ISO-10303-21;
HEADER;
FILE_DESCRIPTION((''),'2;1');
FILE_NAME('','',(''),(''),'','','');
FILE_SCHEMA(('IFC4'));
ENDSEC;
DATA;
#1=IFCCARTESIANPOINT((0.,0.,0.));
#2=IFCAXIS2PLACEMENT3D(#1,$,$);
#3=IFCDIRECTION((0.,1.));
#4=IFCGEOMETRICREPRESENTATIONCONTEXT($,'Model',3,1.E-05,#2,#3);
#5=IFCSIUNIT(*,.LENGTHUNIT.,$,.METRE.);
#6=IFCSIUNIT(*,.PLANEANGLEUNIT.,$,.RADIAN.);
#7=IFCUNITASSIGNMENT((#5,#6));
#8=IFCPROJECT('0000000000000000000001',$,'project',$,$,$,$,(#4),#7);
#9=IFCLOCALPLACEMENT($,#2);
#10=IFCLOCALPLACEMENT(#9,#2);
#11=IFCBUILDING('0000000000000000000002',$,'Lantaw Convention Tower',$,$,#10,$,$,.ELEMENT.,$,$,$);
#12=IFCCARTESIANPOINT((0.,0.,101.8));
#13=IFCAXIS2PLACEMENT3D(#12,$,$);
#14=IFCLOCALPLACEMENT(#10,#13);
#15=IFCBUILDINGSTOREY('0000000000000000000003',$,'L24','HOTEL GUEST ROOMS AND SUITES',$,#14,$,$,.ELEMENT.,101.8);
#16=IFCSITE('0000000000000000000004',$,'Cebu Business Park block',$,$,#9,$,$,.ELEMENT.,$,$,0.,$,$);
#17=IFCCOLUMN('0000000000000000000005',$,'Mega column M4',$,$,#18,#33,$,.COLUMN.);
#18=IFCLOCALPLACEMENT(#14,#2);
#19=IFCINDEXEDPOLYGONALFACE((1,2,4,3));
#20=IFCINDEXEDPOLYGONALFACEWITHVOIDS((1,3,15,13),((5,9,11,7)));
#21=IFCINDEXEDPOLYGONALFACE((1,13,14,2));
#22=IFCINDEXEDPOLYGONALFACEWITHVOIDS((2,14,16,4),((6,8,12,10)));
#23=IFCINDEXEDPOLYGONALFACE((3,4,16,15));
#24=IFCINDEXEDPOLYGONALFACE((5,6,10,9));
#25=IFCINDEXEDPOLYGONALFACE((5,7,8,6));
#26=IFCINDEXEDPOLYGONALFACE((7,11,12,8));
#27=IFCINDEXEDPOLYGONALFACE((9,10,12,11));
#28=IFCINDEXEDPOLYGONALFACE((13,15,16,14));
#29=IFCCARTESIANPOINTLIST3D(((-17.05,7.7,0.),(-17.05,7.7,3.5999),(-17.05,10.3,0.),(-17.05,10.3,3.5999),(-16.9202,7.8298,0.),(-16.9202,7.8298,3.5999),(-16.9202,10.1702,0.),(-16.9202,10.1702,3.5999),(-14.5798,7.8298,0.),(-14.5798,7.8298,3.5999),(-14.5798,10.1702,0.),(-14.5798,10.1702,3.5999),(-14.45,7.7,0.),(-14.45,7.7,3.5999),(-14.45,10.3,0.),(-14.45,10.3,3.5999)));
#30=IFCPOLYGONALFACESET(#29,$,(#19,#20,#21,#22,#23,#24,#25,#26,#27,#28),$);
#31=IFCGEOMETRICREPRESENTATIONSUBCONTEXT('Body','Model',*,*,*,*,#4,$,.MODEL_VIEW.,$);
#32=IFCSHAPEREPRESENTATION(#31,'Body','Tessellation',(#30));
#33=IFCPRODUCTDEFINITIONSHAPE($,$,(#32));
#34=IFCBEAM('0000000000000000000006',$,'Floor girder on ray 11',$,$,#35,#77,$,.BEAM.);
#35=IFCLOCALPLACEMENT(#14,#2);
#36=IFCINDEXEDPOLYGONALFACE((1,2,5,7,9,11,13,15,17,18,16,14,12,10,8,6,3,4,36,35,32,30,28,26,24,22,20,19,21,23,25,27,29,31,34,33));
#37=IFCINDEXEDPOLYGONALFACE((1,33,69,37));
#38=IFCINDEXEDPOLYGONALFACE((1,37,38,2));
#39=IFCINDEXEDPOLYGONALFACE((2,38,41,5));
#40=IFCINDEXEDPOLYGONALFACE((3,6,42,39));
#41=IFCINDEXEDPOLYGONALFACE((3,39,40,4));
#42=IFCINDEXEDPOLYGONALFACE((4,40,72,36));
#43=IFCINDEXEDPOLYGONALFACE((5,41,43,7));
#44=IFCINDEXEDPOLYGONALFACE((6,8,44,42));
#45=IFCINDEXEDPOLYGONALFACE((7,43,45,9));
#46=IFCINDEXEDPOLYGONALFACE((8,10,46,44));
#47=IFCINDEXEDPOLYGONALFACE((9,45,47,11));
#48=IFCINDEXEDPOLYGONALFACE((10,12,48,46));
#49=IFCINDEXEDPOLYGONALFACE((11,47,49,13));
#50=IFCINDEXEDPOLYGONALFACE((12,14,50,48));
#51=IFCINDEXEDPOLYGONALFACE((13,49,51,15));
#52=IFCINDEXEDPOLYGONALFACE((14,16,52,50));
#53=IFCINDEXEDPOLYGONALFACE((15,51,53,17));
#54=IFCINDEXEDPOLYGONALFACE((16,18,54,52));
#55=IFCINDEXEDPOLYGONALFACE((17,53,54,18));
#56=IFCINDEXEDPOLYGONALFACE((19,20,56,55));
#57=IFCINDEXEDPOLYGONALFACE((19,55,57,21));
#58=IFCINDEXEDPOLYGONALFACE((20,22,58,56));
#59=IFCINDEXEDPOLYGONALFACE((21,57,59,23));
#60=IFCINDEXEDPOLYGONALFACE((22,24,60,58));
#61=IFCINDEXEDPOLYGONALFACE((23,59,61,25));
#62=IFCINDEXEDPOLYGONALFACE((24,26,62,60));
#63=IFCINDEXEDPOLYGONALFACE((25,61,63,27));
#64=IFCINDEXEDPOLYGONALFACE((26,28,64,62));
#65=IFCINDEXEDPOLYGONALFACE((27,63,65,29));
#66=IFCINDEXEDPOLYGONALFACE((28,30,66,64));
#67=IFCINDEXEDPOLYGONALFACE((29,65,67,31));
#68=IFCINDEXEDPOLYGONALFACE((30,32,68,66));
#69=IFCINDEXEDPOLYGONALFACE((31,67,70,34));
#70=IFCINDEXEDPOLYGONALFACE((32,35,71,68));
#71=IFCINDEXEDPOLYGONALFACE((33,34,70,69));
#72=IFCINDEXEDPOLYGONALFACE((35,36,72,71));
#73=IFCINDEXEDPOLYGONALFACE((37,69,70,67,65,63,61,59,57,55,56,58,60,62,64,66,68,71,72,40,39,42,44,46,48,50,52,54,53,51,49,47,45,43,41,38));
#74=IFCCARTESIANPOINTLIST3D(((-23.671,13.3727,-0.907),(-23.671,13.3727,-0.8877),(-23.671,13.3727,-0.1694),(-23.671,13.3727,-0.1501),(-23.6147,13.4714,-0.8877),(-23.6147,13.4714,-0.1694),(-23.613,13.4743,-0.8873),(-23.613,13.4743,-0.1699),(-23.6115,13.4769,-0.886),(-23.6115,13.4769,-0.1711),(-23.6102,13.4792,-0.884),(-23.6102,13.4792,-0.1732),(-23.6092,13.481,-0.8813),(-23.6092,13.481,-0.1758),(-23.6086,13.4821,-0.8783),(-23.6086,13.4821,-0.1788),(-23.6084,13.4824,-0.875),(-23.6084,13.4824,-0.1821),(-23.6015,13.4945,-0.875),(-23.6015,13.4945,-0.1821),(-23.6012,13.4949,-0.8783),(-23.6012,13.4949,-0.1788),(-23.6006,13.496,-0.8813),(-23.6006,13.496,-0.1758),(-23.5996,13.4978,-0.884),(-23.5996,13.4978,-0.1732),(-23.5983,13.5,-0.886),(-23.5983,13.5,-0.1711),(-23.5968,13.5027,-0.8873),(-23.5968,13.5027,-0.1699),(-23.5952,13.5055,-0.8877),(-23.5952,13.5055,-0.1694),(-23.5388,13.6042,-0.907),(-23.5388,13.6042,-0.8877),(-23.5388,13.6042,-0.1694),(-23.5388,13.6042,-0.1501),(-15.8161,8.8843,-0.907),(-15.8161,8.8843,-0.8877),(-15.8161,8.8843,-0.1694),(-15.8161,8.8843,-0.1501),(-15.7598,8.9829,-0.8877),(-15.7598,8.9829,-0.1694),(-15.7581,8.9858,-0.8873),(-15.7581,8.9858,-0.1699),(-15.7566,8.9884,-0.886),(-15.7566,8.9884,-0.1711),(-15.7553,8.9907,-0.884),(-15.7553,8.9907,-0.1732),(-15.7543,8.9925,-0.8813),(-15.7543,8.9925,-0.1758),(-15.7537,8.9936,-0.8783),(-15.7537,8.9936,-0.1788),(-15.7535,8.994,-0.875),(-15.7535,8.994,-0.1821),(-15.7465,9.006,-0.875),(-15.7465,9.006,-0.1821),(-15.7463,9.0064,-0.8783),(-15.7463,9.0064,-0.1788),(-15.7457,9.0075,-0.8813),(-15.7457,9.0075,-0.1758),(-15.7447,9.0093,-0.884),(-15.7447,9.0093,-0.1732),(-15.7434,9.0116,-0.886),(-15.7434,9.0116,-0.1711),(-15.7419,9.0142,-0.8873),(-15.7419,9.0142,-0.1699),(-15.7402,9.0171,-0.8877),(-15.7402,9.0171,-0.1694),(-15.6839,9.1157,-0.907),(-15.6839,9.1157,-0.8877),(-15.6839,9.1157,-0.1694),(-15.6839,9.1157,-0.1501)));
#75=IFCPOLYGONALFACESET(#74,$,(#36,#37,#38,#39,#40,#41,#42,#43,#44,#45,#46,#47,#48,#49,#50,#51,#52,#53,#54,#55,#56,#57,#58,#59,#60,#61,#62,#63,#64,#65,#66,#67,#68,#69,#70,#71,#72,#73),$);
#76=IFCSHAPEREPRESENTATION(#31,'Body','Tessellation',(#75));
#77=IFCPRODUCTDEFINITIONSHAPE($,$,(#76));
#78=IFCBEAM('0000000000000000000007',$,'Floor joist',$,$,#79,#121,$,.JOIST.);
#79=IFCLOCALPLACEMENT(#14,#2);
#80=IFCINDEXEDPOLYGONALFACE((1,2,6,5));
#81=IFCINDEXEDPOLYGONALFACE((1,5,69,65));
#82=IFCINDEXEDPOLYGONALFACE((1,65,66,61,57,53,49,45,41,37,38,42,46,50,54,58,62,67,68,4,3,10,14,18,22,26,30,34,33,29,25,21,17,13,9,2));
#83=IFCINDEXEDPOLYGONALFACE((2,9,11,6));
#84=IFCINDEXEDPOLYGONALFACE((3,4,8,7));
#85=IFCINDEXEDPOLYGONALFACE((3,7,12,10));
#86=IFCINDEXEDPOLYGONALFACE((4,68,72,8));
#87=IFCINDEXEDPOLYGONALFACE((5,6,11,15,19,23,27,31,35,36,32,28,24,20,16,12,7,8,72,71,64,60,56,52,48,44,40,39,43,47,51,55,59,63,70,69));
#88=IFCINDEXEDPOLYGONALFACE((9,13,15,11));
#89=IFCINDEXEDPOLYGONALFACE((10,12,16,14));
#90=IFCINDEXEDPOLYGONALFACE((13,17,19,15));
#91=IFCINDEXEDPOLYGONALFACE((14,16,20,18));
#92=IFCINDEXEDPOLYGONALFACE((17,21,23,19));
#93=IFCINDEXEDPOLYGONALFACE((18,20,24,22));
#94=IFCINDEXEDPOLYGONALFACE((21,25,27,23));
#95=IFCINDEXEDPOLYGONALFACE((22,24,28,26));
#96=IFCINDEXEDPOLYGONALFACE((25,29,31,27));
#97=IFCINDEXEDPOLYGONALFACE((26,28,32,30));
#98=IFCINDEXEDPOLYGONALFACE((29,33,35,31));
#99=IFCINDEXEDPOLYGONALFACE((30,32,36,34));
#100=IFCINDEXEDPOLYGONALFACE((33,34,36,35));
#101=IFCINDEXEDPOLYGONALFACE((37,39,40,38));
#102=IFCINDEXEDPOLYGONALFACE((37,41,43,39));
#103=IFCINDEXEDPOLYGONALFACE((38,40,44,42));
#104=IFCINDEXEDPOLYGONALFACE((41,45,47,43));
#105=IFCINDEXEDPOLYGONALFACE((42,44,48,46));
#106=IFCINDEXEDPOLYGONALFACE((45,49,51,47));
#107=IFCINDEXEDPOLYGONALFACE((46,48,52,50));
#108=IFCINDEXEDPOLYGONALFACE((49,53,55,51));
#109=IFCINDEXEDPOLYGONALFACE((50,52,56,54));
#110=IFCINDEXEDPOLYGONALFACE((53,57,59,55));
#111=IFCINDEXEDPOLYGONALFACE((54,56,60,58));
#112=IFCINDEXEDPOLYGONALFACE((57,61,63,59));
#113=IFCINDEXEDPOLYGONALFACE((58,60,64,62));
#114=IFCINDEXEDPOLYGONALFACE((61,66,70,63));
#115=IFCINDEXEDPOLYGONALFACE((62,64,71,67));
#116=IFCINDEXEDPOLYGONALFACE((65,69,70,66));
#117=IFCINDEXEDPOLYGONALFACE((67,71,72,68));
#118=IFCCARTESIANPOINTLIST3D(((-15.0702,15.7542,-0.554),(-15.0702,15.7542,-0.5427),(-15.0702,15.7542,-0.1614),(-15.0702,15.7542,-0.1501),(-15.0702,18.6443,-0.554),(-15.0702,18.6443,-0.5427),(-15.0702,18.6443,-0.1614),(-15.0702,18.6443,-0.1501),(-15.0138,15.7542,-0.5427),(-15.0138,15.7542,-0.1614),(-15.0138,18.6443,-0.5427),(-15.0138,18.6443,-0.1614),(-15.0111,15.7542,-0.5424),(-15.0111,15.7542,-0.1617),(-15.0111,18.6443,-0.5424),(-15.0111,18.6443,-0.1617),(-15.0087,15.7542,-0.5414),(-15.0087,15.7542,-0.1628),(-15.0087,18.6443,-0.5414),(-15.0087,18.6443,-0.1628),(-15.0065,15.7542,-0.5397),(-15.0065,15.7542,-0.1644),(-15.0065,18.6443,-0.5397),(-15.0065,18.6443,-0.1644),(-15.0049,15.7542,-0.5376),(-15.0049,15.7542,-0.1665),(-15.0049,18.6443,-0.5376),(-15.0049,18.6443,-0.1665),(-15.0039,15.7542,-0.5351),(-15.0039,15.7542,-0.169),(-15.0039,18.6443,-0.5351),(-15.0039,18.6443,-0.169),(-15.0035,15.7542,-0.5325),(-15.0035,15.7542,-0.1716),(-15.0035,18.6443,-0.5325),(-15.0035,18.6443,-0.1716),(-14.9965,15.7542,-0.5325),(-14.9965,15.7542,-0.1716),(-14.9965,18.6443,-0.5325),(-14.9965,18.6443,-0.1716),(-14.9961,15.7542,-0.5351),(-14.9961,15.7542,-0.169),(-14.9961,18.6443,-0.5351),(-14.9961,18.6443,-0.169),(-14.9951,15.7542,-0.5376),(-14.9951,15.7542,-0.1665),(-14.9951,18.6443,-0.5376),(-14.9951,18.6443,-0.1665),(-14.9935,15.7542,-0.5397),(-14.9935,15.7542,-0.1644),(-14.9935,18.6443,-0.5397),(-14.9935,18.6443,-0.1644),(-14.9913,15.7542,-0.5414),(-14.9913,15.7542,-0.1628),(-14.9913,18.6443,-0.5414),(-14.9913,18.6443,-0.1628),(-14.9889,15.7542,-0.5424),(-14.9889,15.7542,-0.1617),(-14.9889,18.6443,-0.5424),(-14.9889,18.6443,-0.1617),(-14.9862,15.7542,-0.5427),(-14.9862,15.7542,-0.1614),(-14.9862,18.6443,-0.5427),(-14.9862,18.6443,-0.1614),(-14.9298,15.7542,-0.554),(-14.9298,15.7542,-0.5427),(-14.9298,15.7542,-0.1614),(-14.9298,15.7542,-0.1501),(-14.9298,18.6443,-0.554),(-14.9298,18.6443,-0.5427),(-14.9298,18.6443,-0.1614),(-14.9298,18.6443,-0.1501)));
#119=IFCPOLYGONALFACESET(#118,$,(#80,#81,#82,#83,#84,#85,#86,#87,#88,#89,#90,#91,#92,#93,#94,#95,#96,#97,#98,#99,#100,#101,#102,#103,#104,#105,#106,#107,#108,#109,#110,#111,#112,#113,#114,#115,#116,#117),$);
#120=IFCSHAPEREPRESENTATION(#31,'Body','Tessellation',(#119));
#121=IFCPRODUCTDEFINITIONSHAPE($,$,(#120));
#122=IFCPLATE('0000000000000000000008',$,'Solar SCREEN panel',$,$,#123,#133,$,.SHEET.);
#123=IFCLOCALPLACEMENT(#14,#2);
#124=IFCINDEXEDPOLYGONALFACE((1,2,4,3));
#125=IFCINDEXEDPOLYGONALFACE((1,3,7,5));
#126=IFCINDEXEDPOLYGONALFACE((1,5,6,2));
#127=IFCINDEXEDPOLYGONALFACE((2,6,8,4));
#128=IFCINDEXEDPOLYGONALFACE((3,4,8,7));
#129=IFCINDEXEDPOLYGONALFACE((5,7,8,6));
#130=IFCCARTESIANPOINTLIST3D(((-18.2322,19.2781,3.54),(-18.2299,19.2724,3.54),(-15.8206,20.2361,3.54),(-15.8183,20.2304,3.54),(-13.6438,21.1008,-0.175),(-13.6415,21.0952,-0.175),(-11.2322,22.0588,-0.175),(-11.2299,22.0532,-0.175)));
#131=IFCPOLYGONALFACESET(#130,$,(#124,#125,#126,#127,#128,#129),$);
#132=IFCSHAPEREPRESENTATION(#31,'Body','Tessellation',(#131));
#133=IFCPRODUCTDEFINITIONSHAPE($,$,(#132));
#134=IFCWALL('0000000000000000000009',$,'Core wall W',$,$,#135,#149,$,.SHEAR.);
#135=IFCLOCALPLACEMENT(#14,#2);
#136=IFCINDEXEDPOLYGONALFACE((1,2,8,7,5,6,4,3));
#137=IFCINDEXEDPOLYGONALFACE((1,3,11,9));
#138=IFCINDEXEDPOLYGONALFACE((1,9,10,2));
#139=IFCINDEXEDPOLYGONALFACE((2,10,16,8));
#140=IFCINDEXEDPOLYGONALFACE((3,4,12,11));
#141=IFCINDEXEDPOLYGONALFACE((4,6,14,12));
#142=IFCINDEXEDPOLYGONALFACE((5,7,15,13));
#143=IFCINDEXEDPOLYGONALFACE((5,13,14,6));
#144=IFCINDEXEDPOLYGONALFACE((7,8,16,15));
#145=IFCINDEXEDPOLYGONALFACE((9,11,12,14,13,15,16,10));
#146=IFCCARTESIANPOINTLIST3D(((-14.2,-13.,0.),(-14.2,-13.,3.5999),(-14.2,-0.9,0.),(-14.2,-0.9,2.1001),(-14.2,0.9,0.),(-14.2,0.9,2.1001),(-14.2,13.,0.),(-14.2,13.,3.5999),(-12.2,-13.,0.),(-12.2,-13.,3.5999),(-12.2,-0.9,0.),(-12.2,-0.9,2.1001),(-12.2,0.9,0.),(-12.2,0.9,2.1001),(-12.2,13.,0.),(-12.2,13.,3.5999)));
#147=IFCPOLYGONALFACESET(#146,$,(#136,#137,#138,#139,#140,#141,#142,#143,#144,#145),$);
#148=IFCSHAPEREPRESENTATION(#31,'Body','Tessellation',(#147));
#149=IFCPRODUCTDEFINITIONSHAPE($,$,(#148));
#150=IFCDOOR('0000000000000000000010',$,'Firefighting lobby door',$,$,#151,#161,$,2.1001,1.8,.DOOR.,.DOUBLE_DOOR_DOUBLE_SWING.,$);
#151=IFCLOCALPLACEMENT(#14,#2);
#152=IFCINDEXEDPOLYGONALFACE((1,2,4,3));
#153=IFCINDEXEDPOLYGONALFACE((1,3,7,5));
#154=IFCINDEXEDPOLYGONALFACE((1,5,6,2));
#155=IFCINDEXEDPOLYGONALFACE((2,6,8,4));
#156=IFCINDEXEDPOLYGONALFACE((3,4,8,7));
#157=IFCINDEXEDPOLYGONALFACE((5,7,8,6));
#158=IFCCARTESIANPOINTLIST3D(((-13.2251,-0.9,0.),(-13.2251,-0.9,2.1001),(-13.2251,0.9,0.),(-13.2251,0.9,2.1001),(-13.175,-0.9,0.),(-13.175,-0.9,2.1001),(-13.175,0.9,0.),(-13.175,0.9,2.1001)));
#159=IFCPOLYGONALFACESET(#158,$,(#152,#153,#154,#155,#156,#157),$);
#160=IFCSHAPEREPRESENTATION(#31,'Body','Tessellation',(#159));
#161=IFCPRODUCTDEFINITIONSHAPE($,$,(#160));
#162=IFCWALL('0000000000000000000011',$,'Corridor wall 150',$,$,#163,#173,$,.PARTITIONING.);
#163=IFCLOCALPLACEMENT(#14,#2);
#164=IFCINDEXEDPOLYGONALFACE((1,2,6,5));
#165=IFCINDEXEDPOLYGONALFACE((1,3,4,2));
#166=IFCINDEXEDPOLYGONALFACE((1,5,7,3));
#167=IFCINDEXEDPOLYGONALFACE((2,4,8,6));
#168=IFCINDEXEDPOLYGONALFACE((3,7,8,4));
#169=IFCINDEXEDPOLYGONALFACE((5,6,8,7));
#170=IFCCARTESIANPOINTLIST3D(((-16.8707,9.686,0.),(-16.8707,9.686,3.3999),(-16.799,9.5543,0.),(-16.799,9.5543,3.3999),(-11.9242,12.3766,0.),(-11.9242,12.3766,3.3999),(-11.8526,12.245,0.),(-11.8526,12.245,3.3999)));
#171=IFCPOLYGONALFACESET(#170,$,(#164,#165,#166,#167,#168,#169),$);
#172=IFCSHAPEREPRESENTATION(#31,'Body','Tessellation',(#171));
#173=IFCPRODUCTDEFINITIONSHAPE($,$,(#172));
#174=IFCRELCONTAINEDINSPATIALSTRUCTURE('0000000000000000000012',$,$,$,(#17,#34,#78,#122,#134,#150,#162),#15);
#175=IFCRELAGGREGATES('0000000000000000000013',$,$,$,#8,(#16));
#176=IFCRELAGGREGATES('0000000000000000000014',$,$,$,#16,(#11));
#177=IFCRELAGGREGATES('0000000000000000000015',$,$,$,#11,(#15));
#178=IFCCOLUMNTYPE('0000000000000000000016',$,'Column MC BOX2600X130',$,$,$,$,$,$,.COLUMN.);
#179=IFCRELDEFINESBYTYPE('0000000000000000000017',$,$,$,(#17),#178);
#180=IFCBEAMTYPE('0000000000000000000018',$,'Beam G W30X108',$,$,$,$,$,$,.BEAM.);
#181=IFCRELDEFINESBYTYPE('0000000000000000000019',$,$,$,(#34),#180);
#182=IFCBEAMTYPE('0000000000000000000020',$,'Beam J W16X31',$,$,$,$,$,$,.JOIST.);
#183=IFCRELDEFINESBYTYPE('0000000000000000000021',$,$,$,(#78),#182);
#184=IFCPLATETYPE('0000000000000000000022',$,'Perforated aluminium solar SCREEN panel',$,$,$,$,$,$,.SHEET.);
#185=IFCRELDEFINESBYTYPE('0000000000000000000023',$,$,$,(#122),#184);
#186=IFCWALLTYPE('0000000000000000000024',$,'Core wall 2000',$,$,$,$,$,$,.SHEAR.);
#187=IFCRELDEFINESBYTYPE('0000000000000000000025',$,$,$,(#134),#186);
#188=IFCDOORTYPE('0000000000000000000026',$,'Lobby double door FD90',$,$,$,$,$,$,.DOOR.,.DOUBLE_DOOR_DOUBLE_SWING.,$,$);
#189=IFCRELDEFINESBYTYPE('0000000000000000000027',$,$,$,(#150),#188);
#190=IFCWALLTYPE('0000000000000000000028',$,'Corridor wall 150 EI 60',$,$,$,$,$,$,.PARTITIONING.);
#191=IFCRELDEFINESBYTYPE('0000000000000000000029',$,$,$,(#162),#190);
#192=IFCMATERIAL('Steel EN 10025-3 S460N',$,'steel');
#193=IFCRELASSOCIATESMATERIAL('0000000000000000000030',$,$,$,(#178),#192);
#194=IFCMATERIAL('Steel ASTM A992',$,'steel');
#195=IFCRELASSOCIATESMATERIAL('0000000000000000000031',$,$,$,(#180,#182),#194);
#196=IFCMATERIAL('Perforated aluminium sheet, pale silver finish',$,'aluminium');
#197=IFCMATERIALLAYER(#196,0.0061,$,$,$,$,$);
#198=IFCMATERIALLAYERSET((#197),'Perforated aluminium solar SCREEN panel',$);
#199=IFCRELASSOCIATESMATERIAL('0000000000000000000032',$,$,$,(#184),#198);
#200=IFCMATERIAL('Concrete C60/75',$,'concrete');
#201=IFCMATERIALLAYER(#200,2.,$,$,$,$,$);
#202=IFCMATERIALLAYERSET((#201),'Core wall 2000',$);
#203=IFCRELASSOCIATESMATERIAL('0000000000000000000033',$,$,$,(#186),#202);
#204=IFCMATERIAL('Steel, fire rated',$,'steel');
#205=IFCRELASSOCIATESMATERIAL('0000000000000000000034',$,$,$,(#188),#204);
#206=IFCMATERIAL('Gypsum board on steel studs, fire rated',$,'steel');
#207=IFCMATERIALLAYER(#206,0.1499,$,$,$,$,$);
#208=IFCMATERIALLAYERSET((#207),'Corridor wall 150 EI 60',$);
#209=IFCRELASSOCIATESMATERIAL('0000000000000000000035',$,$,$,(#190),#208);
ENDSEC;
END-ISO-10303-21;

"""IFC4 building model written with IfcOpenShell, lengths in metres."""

from ifc_helpers import new_model, si_unit, direction, frame, frame_2d, origin, origin_2d, place, context, subcontext, project, spatial, polyline, rectangle, hollow_rectangle, i_section, outline, extrude, material, layer, layer_set, material_profile, profile_set, type_object, element, fill, save


model = new_model("IFC4")

# Units and contexts
model_context = context("Model", 3, precision=1e-05, world=origin(), true_north=direction((0.0, 1.0)))
body_context = subcontext(model_context, "Body", "Model", "MODEL_VIEW")
ifc_project = project(units=[si_unit("LENGTHUNIT", "METRE"), si_unit("PLANEANGLEUNIT", "RADIAN")], contexts=[model_context])

# Site, building, storey
site_placement = place(None, origin())
site = spatial("IfcSite", under=ifc_project, at=site_placement, Name="Cebu Business Park block", CompositionType="ELEMENT", RefElevation=0.0)
building_placement = place(site_placement, origin())
building = spatial("IfcBuilding", under=site, at=building_placement, Name="Lantaw Convention Tower", CompositionType="ELEMENT")
storey_placement = place(building_placement, frame((0.0, 0.0, 101.8)))
storey = spatial("IfcBuildingStorey", under=building, at=storey_placement, Name="L24", Description="HOTEL GUEST ROOMS AND SUITES", CompositionType="ELEMENT", Elevation=101.8)

# Column
ifc_material_1 = material(Name="Steel EN 10025-3 S460N", Category="steel")
ifc_material_profile_1 = material_profile(ifc_material_1, hollow_rectangle(XDim=2.6001, YDim=2.6001, WallThickness=0.1299, at=origin_2d()), Name="BOX2600X130")
ifc_material_2 = material(Name="Concrete C60/75", Category="concrete")
ifc_material_profile_2 = material_profile(ifc_material_2, rectangle(XDim=2.3401, YDim=2.3401, at=origin_2d()), Name="Concrete fill of BOX2600X130")
ifc_profile_set_1 = profile_set([ifc_material_profile_1, ifc_material_profile_2], Name="Steel EN 10025-3 S460N")
column_type = type_object("IfcColumnType", Name="Column MC BOX2600X130", PredefinedType="COLUMN", material=ifc_profile_set_1)
column_placement = place(storey_placement, frame((-15.75, 9.0, 0.0), z_axis=(0.0, 0.0, 1.0), x_axis=(1.0, 0.0, 0.0)))
element("IfcColumn", 1, at=column_placement, inside=storey, type_object=column_type, Name="Mega column M4", PredefinedType="COLUMN", context=body_context, shape_type="SweptSolid", body=[
    extrude(hollow_rectangle(XDim=2.6001, YDim=2.6001, WallThickness=0.1299, at=origin_2d()), origin(), (0.0, 0.0, 1.0), 3.5999),
])

# Beams
ifc_material_3 = material(Name="Steel ASTM A992", Category="steel")
ifc_material_profile_3 = material_profile(ifc_material_3, i_section(OverallWidth=0.2666, OverallDepth=0.7568, WebThickness=0.0139, FlangeThickness=0.0193, FilletRadius=0.0127, at=origin_2d()), Name="W30X108")
ifc_profile_set_2 = profile_set([ifc_material_profile_3], Name="Steel ASTM A992")
beam_type_1 = type_object("IfcBeamType", Name="Beam G W30X108", PredefinedType="BEAM", material=ifc_profile_set_2)
beam_1_placement = place(storey_placement, frame((-15.75, 9.0, -0.5286), z_axis=(-0.868245, 0.496136, 0.0), x_axis=(-0.496136, -0.868245, 0.0)))
element("IfcBeam", 2, at=beam_1_placement, inside=storey, type_object=beam_type_1, Name="Floor girder on ray 11", PredefinedType="BEAM", context=body_context, shape_type="SweptSolid", body=[
    extrude(i_section(OverallWidth=0.2666, OverallDepth=0.7568, WebThickness=0.0139, FlangeThickness=0.0193, FilletRadius=0.0127, at=origin_2d()), origin(), (0.0, 0.0, 1.0), 9.0469),
])
ifc_material_profile_4 = material_profile(ifc_material_3, i_section(OverallWidth=0.1404, OverallDepth=0.4038, WebThickness=0.0071, FlangeThickness=0.0112, FilletRadius=0.0103, at=origin_2d()), Name="W16X31")
ifc_profile_set_3 = profile_set([ifc_material_profile_4], Name="Steel ASTM A992")
beam_type_2 = type_object("IfcBeamType", Name="Beam J W16X31", PredefinedType="JOIST", material=ifc_profile_set_3)
beam_2_placement = place(storey_placement, frame((-15.0, 15.7542, -0.3521), z_axis=(0.0, 1.0, 0.0), x_axis=(-1.0, 0.0, 0.0)))
element("IfcBeam", 3, at=beam_2_placement, inside=storey, type_object=beam_type_2, Name="Floor joist", PredefinedType="JOIST", context=body_context, shape_type="SweptSolid", body=[
    extrude(i_section(OverallWidth=0.1404, OverallDepth=0.4038, WebThickness=0.0071, FlangeThickness=0.0112, FilletRadius=0.0103, at=origin_2d()), origin(), (0.0, 0.0, 1.0), 2.8901),
])

# Plate
ifc_material_4 = material(Name="Perforated aluminium sheet, pale silver finish", Category="aluminium")
ifc_layer_1 = layer(ifc_material_4, 0.0061)
ifc_layer_set_1 = layer_set([ifc_layer_1], Name="Perforated aluminium solar SCREEN panel")
plate_type = type_object("IfcPlateType", Name="Perforated aluminium solar SCREEN panel", PredefinedType="SHEET", material=ifc_layer_set_1)
plate_placement = place(storey_placement, frame((-11.2322, 22.0588, -0.175), z_axis=(-0.369184, 0.929357, 0.000009), x_axis=(-0.929357, -0.369184, 0.0)))
element("IfcPlate", 4, at=plate_placement, inside=storey, type_object=plate_type, Name="Solar SCREEN panel", PredefinedType="SHEET", context=body_context, shape_type="SweptSolid", body=[
    extrude(outline(polyline([(0.0, 0.0), (2.5949, 0.0), (7.5321, 3.7151), (4.9372, 3.7151), (0.0, 0.0)])), origin(), (0.0, 0.0, -1.0), 0.0061),
])

# Wall, opening, door
ifc_layer_2 = layer(ifc_material_2, 2.0)
ifc_layer_set_2 = layer_set([ifc_layer_2], Name="Core wall 2000")
wall_type_1 = type_object("IfcWallType", Name="Core wall 2000", PredefinedType="SHEAR", material=ifc_layer_set_2)
wall_1_placement = place(storey_placement, frame((-13.2, 13.0, 0.0), z_axis=(0.0, 0.0, 1.0), x_axis=(0.0, -1.0, 0.0)))
wall_1 = element("IfcWall", 5, at=wall_1_placement, inside=storey, type_object=wall_type_1, Name="Core wall W", PredefinedType="SHEAR", context=body_context, shape_type="SweptSolid", body=[
    extrude(rectangle(XDim=26.0, YDim=2.0, at=frame_2d((13.0, 0.0))), origin(), (0.0, 0.0, 1.0), 3.5999),
])
opening_1_placement = place(wall_1_placement, frame((12.1001, 0.0, 0.0)))
opening_1 = element("IfcOpeningElement", 6, at=opening_1_placement, cuts=wall_1, PredefinedType="OPENING", context=body_context, shape_type="SweptSolid", body=[
    extrude(rectangle(XDim=1.8, YDim=2.1001, at=frame_2d((0.8999, 1.05))), frame((0.0, 1.01, 0.0), z_axis=(0.0, -1.0, 0.0), x_axis=(1.0, 0.0, 0.0)), (0.0, 0.0, 1.0), 2.02),
])
ifc_material_5 = material(Name="Steel, fire rated", Category="steel")
door_type_1 = type_object("IfcDoorType", Name="Lobby double door FD90", OperationType="DOUBLE_DOOR_DOUBLE_SWING", PredefinedType="DOOR", material=ifc_material_5)
door_1_placement = place(opening_1_placement, origin())
door_1 = element("IfcDoor", 7, at=door_1_placement, inside=storey, type_object=door_type_1, Name="Firefighting lobby door", OperationType="DOUBLE_DOOR_DOUBLE_SWING", OverallHeight=2.1001, OverallWidth=1.8, PredefinedType="DOOR", context=body_context, shape_type="SweptSolid", body=[
    extrude(rectangle(XDim=1.8, YDim=2.1001, at=frame_2d((0.8999, 1.05))), frame((0.0, 0.0249, 0.0), z_axis=(0.0, -1.0, 0.0), x_axis=(1.0, 0.0, 0.0)), (0.0, 0.0, 1.0), 0.05),
])
fill(opening_1, door_1)

# Wall
ifc_material_6 = material(Name="Gypsum board on steel studs, fire rated", Category="steel")
ifc_layer_3 = layer(ifc_material_6, 0.1499)
ifc_layer_set_3 = layer_set([ifc_layer_3], Name="Corridor wall 150 EI 60")
wall_type_2 = type_object("IfcWallType", Name="Corridor wall 150 EI 60", PredefinedType="PARTITIONING", material=ifc_layer_set_3)
wall_2_placement = place(storey_placement, frame((-11.8884, 12.3108, 0.0), z_axis=(0.0, 0.0, 1.0), x_axis=(-0.87845, -0.477834, 0.0)))
element("IfcWall", 8, at=wall_2_placement, inside=storey, type_object=wall_type_2, Name="Corridor wall 150", PredefinedType="PARTITIONING", context=body_context, shape_type="SweptSolid", body=[
    extrude(rectangle(XDim=5.6309, YDim=0.1499, at=frame_2d((2.8154, 0.0))), origin(), (0.0, 0.0, 1.0), 3.3999),
])

save(model, "model.ifc")
